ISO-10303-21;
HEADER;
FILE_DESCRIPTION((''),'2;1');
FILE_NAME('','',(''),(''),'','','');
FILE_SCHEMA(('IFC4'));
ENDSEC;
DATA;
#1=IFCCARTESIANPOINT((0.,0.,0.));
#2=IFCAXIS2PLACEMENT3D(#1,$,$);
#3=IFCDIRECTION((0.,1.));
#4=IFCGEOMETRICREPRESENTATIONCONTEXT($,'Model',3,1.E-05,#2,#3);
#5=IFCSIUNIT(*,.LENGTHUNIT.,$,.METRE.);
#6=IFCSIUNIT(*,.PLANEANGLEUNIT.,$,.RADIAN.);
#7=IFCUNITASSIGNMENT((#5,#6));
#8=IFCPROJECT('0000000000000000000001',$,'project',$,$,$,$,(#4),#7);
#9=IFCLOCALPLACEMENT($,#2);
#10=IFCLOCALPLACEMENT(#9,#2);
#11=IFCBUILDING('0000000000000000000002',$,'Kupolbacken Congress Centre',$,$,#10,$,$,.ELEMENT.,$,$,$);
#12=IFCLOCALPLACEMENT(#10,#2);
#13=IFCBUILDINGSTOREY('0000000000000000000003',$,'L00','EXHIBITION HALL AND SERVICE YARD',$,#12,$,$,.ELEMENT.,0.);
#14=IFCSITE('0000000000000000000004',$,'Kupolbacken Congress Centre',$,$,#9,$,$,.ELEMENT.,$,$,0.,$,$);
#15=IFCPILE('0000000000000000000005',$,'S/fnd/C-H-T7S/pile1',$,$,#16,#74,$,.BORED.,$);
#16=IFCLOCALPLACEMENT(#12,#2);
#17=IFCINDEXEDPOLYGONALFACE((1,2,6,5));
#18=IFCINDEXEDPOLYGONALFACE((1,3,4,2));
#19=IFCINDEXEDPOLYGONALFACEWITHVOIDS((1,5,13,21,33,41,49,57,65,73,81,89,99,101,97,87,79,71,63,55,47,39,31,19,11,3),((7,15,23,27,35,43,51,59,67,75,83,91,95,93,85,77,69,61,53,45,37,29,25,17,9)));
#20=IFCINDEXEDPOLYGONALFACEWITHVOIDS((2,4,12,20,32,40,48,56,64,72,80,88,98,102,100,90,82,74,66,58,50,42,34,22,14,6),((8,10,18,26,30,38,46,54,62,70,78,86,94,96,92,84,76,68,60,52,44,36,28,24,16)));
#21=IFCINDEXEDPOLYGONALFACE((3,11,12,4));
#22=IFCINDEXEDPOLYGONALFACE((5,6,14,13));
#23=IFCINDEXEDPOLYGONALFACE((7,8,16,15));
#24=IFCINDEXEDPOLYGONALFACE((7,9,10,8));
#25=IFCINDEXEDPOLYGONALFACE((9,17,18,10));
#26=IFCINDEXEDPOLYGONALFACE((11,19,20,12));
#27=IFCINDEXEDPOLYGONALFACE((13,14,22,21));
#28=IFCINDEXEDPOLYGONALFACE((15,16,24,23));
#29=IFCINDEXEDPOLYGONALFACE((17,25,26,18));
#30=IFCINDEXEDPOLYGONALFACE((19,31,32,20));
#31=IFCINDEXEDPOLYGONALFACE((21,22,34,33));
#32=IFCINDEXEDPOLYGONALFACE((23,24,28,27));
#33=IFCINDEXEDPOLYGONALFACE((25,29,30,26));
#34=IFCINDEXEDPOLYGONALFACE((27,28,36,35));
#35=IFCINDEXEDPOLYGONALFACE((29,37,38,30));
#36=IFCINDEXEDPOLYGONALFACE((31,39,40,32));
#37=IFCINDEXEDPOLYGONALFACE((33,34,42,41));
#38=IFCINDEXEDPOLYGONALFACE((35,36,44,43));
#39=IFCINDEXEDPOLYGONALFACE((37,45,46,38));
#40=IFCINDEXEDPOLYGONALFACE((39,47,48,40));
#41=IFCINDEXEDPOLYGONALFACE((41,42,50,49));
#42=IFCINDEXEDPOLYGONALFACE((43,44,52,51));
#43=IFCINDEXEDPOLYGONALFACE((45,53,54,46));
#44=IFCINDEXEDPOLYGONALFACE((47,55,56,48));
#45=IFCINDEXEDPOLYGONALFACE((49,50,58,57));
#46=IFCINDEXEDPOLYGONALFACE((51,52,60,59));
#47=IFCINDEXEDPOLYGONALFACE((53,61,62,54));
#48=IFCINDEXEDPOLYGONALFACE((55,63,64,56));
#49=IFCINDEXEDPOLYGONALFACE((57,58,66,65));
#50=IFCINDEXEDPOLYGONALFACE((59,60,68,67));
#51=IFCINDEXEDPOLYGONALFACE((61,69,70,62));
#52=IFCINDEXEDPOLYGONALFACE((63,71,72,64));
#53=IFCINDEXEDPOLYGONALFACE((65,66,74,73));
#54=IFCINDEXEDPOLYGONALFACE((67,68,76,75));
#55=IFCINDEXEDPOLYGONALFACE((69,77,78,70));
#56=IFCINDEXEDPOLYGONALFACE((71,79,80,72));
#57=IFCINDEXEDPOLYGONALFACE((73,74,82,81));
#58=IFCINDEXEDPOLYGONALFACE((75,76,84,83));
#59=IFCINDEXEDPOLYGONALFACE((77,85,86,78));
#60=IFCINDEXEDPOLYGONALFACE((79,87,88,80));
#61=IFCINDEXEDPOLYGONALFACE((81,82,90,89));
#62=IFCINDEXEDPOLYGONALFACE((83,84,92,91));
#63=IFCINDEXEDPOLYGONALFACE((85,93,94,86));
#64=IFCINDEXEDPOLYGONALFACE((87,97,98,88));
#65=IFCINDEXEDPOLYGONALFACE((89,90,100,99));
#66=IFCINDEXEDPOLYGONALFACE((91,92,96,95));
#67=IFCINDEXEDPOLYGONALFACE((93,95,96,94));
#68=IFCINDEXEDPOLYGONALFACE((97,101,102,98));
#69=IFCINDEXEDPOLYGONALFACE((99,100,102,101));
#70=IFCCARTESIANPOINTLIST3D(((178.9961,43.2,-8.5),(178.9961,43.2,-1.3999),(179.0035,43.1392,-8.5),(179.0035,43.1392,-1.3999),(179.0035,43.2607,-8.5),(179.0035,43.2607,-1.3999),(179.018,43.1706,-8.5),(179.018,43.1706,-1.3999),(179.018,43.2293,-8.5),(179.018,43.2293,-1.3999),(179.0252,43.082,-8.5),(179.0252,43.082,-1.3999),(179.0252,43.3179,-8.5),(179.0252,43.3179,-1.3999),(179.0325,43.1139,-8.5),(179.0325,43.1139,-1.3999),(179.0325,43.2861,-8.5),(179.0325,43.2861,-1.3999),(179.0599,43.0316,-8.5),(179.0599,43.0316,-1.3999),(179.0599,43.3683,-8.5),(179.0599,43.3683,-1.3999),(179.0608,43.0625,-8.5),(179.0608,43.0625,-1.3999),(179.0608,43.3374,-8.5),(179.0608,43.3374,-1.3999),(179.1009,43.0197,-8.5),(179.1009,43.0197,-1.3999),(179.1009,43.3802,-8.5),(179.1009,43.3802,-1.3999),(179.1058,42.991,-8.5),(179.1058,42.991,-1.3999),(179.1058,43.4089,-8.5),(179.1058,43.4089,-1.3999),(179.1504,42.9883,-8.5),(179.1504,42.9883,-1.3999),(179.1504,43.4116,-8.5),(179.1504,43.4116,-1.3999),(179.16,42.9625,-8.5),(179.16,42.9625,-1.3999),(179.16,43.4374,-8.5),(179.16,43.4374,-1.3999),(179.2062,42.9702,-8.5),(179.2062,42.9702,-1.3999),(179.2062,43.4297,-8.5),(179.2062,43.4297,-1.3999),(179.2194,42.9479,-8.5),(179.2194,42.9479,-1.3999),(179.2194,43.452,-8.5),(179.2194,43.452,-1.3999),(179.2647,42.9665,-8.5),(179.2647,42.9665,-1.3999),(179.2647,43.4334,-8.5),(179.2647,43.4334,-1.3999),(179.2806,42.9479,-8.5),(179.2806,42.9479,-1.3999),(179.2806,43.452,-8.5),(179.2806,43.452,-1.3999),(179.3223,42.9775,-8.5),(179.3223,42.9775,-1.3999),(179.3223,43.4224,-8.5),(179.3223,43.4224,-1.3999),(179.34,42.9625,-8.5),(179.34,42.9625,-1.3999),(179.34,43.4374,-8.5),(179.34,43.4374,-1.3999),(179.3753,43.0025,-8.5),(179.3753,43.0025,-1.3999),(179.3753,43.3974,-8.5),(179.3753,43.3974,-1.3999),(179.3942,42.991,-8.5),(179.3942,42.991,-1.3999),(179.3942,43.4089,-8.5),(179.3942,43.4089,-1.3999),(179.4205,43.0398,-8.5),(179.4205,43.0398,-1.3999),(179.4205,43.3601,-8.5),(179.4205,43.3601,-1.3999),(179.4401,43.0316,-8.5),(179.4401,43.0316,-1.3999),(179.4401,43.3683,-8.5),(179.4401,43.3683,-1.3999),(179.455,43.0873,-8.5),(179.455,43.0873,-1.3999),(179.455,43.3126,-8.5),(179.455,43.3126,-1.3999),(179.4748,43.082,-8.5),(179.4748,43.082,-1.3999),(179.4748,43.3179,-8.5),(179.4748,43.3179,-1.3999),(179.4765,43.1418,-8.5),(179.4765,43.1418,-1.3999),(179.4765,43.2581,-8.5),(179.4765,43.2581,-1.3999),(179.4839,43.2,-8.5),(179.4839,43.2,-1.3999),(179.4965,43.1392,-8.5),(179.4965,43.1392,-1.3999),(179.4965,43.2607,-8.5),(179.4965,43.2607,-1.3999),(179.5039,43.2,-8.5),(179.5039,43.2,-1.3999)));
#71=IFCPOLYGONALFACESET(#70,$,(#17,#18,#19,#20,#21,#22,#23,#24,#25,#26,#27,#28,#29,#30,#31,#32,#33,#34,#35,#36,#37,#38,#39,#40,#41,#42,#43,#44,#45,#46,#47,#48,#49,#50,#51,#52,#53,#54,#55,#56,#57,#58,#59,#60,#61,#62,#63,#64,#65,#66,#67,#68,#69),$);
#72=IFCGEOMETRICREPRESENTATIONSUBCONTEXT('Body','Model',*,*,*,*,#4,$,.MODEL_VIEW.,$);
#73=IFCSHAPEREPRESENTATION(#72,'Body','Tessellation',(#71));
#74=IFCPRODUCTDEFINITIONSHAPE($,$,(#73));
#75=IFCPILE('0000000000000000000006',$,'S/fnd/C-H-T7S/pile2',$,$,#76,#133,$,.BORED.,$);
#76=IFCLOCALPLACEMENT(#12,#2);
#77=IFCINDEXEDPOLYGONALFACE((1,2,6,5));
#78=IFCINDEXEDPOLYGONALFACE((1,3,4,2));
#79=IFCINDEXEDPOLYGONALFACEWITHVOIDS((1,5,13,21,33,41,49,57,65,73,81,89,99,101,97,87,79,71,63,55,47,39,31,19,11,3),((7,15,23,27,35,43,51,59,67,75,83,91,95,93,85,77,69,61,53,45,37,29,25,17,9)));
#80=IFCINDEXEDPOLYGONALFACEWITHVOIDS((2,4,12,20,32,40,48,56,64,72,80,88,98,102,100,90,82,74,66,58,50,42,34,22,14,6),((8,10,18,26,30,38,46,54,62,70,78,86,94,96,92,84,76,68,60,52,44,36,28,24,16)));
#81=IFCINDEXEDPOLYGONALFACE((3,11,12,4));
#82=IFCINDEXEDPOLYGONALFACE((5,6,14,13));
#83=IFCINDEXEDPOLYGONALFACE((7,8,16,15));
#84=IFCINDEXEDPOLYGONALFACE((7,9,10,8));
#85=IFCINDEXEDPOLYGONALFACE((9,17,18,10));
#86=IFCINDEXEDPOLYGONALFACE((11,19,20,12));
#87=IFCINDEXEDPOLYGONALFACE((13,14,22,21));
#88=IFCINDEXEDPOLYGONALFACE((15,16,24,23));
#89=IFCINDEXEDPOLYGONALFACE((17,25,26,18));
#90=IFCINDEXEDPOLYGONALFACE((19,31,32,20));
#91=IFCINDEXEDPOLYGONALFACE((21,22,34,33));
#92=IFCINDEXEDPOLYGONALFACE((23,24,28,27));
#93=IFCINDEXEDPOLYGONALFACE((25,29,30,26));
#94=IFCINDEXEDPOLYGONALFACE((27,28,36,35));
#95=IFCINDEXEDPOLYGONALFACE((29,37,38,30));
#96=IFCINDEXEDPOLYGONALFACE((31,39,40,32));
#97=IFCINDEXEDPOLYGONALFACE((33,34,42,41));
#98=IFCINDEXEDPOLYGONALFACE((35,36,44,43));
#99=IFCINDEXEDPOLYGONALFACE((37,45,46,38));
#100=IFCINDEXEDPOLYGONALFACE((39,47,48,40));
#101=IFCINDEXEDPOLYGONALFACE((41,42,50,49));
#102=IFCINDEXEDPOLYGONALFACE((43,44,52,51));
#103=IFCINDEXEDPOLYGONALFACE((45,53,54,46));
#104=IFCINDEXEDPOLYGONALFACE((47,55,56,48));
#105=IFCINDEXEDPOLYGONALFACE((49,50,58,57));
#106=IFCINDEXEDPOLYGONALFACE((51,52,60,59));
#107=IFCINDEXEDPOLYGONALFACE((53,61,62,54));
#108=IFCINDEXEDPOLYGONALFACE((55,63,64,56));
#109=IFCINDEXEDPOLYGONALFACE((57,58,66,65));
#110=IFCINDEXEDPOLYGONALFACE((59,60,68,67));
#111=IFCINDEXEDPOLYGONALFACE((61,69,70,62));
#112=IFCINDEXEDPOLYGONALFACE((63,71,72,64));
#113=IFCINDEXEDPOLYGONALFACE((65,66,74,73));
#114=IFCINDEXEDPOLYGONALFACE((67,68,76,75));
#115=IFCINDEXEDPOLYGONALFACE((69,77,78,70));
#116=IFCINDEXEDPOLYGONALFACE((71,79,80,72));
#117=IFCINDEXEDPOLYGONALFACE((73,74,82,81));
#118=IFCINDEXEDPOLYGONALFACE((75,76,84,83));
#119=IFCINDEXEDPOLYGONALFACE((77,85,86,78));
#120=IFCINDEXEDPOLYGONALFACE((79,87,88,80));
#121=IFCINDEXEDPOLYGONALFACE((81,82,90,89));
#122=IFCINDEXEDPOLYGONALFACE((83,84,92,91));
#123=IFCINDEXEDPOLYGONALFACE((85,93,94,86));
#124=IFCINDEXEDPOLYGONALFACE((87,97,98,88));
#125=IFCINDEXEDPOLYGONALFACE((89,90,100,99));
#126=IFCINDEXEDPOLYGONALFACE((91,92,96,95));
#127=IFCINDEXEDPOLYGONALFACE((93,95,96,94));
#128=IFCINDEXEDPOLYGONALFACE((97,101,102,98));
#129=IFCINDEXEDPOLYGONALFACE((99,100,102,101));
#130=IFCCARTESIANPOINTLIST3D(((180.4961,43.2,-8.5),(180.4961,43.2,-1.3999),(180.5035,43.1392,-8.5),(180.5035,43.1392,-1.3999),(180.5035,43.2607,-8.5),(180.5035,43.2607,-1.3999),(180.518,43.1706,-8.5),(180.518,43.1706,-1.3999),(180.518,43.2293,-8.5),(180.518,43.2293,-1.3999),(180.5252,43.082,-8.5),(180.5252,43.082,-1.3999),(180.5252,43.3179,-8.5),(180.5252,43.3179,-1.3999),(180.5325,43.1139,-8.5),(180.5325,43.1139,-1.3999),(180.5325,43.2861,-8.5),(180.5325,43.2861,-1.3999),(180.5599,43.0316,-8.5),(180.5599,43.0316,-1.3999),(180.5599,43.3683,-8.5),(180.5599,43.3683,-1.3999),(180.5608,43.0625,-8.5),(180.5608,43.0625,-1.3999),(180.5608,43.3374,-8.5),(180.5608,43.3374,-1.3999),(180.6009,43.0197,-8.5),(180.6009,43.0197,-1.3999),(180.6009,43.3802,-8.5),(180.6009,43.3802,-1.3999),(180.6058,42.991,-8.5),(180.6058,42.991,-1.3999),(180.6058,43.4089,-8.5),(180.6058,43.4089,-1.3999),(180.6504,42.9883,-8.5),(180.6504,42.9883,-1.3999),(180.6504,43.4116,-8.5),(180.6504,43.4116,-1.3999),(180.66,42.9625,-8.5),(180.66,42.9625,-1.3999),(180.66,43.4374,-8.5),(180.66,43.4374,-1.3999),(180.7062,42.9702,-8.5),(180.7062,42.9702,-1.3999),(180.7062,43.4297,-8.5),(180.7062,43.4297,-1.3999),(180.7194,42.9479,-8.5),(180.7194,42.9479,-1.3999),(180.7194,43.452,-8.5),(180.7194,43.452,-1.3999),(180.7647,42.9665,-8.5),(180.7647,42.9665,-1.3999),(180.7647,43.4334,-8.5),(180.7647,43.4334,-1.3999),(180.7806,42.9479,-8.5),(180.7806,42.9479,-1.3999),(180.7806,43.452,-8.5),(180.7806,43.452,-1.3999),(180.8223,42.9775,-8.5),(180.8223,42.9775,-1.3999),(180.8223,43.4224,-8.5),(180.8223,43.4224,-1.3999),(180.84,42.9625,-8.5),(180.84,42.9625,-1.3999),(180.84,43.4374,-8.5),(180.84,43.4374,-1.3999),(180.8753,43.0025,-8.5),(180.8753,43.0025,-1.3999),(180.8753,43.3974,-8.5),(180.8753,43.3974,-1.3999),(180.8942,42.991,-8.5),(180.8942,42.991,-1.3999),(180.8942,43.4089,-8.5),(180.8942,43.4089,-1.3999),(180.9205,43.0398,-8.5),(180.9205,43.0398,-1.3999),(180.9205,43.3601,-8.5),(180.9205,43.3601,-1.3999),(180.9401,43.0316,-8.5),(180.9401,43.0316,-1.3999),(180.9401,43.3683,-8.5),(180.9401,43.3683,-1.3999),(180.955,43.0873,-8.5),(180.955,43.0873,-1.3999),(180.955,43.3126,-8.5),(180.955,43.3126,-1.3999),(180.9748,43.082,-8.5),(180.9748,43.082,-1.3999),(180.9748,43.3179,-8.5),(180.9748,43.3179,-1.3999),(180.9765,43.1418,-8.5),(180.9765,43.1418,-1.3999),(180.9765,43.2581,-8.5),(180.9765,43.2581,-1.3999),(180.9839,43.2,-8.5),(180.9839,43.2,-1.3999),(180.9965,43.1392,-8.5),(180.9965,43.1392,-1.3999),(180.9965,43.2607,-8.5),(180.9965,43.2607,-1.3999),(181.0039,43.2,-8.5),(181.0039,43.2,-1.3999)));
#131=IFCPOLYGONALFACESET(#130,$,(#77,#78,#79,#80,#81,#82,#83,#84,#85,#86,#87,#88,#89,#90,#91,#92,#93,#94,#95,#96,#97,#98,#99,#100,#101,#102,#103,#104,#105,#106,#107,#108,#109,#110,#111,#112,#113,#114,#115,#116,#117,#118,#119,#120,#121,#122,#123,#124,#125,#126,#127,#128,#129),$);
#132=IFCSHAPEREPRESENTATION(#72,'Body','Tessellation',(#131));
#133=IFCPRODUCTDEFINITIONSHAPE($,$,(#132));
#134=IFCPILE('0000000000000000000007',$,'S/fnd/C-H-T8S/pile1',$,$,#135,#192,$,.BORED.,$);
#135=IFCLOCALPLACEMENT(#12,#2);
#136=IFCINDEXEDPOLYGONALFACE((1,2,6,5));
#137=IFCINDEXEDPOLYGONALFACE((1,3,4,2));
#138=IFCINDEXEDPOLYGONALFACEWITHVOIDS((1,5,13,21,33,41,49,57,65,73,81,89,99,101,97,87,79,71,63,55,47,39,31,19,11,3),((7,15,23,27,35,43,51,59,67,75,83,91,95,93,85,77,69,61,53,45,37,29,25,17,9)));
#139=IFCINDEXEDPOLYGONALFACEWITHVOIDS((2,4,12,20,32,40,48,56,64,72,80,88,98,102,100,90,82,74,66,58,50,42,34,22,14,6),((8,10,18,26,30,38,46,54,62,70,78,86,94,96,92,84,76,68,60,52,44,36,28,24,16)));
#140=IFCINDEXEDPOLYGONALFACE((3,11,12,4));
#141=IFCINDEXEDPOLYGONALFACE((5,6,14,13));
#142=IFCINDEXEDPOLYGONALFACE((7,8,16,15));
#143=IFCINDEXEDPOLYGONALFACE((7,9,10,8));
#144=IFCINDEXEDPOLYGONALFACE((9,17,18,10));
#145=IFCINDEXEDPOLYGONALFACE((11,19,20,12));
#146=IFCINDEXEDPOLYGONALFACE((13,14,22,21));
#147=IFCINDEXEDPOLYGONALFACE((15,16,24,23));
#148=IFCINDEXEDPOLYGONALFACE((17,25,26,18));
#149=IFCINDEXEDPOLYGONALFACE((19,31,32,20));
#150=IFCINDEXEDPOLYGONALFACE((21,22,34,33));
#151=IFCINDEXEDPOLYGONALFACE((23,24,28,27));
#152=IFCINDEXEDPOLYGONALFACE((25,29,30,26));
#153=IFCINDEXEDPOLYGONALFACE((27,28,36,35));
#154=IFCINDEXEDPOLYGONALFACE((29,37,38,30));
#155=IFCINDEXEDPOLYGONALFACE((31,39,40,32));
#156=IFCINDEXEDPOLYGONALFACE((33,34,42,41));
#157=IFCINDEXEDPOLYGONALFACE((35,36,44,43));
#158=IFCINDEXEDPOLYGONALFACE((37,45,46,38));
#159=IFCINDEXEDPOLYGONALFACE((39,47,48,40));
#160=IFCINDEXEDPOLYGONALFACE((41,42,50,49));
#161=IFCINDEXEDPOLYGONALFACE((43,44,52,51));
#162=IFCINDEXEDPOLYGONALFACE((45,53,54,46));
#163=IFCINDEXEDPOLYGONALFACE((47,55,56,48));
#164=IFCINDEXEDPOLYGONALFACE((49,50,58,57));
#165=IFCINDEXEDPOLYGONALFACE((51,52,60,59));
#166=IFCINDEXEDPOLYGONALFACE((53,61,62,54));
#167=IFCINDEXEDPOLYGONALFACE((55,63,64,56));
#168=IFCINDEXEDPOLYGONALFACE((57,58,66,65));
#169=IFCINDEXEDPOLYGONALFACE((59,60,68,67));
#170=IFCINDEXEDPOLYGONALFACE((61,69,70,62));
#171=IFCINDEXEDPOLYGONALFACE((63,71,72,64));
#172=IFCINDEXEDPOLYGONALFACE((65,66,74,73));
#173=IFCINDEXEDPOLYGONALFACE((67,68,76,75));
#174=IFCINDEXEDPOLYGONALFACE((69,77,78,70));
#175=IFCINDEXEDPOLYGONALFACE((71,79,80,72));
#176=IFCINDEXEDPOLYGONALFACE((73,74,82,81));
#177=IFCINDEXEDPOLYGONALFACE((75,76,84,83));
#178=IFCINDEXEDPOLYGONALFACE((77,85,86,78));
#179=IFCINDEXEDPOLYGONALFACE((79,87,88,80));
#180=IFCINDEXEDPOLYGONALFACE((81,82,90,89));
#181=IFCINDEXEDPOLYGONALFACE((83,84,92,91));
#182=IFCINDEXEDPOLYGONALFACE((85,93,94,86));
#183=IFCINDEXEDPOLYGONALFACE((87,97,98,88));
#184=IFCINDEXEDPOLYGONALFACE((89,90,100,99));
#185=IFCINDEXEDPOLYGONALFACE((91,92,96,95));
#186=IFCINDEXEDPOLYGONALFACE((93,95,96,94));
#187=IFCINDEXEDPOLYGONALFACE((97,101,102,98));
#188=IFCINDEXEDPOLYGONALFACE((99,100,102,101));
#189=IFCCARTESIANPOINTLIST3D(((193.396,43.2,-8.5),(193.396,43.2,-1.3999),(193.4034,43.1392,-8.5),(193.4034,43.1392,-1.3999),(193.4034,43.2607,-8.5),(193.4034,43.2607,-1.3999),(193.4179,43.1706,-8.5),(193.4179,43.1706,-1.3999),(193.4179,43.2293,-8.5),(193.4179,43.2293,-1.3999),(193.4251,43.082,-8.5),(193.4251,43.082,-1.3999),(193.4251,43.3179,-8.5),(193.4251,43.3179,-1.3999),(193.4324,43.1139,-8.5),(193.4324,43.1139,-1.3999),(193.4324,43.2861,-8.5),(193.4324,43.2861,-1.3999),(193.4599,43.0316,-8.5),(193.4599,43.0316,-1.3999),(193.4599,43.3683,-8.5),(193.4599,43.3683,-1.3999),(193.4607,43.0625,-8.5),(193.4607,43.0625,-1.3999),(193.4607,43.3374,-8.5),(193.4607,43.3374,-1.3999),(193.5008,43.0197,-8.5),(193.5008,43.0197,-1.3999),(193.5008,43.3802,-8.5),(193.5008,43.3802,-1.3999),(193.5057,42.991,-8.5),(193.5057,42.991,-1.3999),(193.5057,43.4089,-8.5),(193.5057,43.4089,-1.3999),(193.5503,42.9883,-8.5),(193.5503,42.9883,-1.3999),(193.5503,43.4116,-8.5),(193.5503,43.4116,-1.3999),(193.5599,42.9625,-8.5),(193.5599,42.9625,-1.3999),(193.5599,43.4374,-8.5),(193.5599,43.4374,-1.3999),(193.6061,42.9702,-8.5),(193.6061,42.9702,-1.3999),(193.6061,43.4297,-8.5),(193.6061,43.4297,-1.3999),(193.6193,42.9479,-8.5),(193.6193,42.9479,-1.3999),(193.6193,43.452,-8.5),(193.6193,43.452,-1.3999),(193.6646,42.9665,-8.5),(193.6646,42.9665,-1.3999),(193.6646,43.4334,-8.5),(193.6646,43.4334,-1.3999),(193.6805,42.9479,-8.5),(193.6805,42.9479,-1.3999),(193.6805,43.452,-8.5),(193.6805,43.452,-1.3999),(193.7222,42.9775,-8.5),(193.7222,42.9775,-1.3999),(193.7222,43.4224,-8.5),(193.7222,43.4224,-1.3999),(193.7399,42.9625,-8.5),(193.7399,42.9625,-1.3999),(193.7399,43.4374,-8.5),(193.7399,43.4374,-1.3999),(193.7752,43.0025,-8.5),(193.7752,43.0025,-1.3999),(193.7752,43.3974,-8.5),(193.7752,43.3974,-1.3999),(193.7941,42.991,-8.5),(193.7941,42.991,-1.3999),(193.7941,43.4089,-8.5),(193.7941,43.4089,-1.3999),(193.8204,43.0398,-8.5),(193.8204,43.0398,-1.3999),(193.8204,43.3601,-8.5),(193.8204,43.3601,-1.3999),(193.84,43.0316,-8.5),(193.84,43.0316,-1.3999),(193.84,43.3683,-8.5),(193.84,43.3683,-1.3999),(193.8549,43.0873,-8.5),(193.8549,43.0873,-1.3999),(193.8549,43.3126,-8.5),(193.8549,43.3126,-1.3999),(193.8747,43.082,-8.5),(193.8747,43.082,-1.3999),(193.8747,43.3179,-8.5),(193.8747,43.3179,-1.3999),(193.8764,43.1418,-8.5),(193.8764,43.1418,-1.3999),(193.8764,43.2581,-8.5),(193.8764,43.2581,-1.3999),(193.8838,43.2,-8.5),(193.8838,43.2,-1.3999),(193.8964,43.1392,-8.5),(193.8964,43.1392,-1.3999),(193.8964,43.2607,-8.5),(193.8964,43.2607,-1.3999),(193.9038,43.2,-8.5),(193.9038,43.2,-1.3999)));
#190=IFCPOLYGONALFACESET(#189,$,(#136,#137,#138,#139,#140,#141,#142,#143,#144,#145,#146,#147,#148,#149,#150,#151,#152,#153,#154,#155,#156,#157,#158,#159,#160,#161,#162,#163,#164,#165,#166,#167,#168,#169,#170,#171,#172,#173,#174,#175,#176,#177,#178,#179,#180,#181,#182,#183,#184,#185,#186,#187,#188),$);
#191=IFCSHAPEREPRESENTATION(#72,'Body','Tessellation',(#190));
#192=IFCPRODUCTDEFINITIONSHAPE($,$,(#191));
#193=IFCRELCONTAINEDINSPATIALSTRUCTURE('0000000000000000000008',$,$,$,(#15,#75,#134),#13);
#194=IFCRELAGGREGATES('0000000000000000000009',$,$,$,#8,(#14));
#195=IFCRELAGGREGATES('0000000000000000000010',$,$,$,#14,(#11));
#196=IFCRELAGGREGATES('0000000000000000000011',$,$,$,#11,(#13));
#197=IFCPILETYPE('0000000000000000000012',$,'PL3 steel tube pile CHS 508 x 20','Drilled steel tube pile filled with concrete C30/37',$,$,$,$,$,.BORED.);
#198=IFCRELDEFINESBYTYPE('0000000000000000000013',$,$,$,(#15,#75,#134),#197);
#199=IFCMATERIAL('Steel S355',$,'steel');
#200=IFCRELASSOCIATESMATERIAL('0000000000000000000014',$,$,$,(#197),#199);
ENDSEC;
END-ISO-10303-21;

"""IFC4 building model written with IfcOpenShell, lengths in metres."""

from ifc_helpers import new_model, si_unit, direction, frame, origin, origin_2d, place, context, subcontext, project, spatial, hollow_circle, extrude, material, material_profile, profile_set, type_object, element, save


model = new_model("IFC4")

# Units and contexts
model_context = context("Model", 3, precision=1e-05, world=origin(), true_north=direction((0.0, 1.0)))
body_context = subcontext(model_context, "Body", "Model", "MODEL_VIEW")
ifc_project = project(units=[si_unit("LENGTHUNIT", "METRE"), si_unit("PLANEANGLEUNIT", "RADIAN")], contexts=[model_context])

# Site, building, storey
site_placement = place(None, origin())
site = spatial("IfcSite", under=ifc_project, at=site_placement, Name="Kupolbacken Congress Centre", CompositionType="ELEMENT", RefElevation=0.0)
building_placement = place(site_placement, origin())
building = spatial("IfcBuilding", under=site, at=building_placement, Name="Kupolbacken Congress Centre", CompositionType="ELEMENT")
storey_placement = place(building_placement, origin())
storey = spatial("IfcBuildingStorey", under=building, at=storey_placement, Name="L00", Description="EXHIBITION HALL AND SERVICE YARD", CompositionType="ELEMENT", Elevation=0.0)

# Piles
ifc_material_1 = material(Name="Steel S355", Category="steel")
ifc_material_profile_1 = material_profile(ifc_material_1, hollow_circle(Radius=0.2539, WallThickness=0.02, at=origin_2d()), Name="CHS 508 x 20")
ifc_profile_set_1 = profile_set([ifc_material_profile_1], Name="Steel S355")
pile_type_1 = type_object("IfcPileType", Name="PL3 steel tube pile CHS 508 x 20", Description="Drilled steel tube pile filled with concrete C30/37", PredefinedType="BORED", material=ifc_profile_set_1)
for number, where, z_axis, x_axis, name in (
    (1, (179.25, 43.2, -1.3999), (0.0, 0.0, -1.0), (1.0, 0.0, 0.0), "S/fnd/C-H-T7S/pile1"),
    (2, (180.75, 43.2, -1.3999), (0.0, 0.0, -1.0), (1.0, 0.0, 0.0), "S/fnd/C-H-T7S/pile2"),
    (3, (193.6499, 43.2, -1.3999), (0.0, 0.0, -1.0), (1.0, 0.0, 0.0), "S/fnd/C-H-T8S/pile1"),
):
    element("IfcPile", number, at=place(storey_placement, frame(where, z_axis=z_axis, x_axis=x_axis)), inside=storey, type_object=pile_type_1, Name=name, PredefinedType="BORED", context=body_context, shape_type="SweptSolid", body=[
        extrude(hollow_circle(Radius=0.2539, WallThickness=0.02, at=origin_2d()), origin(), (0.0, 0.0, 1.0), 7.1001),
    ])

save(model, "model.ifc")
